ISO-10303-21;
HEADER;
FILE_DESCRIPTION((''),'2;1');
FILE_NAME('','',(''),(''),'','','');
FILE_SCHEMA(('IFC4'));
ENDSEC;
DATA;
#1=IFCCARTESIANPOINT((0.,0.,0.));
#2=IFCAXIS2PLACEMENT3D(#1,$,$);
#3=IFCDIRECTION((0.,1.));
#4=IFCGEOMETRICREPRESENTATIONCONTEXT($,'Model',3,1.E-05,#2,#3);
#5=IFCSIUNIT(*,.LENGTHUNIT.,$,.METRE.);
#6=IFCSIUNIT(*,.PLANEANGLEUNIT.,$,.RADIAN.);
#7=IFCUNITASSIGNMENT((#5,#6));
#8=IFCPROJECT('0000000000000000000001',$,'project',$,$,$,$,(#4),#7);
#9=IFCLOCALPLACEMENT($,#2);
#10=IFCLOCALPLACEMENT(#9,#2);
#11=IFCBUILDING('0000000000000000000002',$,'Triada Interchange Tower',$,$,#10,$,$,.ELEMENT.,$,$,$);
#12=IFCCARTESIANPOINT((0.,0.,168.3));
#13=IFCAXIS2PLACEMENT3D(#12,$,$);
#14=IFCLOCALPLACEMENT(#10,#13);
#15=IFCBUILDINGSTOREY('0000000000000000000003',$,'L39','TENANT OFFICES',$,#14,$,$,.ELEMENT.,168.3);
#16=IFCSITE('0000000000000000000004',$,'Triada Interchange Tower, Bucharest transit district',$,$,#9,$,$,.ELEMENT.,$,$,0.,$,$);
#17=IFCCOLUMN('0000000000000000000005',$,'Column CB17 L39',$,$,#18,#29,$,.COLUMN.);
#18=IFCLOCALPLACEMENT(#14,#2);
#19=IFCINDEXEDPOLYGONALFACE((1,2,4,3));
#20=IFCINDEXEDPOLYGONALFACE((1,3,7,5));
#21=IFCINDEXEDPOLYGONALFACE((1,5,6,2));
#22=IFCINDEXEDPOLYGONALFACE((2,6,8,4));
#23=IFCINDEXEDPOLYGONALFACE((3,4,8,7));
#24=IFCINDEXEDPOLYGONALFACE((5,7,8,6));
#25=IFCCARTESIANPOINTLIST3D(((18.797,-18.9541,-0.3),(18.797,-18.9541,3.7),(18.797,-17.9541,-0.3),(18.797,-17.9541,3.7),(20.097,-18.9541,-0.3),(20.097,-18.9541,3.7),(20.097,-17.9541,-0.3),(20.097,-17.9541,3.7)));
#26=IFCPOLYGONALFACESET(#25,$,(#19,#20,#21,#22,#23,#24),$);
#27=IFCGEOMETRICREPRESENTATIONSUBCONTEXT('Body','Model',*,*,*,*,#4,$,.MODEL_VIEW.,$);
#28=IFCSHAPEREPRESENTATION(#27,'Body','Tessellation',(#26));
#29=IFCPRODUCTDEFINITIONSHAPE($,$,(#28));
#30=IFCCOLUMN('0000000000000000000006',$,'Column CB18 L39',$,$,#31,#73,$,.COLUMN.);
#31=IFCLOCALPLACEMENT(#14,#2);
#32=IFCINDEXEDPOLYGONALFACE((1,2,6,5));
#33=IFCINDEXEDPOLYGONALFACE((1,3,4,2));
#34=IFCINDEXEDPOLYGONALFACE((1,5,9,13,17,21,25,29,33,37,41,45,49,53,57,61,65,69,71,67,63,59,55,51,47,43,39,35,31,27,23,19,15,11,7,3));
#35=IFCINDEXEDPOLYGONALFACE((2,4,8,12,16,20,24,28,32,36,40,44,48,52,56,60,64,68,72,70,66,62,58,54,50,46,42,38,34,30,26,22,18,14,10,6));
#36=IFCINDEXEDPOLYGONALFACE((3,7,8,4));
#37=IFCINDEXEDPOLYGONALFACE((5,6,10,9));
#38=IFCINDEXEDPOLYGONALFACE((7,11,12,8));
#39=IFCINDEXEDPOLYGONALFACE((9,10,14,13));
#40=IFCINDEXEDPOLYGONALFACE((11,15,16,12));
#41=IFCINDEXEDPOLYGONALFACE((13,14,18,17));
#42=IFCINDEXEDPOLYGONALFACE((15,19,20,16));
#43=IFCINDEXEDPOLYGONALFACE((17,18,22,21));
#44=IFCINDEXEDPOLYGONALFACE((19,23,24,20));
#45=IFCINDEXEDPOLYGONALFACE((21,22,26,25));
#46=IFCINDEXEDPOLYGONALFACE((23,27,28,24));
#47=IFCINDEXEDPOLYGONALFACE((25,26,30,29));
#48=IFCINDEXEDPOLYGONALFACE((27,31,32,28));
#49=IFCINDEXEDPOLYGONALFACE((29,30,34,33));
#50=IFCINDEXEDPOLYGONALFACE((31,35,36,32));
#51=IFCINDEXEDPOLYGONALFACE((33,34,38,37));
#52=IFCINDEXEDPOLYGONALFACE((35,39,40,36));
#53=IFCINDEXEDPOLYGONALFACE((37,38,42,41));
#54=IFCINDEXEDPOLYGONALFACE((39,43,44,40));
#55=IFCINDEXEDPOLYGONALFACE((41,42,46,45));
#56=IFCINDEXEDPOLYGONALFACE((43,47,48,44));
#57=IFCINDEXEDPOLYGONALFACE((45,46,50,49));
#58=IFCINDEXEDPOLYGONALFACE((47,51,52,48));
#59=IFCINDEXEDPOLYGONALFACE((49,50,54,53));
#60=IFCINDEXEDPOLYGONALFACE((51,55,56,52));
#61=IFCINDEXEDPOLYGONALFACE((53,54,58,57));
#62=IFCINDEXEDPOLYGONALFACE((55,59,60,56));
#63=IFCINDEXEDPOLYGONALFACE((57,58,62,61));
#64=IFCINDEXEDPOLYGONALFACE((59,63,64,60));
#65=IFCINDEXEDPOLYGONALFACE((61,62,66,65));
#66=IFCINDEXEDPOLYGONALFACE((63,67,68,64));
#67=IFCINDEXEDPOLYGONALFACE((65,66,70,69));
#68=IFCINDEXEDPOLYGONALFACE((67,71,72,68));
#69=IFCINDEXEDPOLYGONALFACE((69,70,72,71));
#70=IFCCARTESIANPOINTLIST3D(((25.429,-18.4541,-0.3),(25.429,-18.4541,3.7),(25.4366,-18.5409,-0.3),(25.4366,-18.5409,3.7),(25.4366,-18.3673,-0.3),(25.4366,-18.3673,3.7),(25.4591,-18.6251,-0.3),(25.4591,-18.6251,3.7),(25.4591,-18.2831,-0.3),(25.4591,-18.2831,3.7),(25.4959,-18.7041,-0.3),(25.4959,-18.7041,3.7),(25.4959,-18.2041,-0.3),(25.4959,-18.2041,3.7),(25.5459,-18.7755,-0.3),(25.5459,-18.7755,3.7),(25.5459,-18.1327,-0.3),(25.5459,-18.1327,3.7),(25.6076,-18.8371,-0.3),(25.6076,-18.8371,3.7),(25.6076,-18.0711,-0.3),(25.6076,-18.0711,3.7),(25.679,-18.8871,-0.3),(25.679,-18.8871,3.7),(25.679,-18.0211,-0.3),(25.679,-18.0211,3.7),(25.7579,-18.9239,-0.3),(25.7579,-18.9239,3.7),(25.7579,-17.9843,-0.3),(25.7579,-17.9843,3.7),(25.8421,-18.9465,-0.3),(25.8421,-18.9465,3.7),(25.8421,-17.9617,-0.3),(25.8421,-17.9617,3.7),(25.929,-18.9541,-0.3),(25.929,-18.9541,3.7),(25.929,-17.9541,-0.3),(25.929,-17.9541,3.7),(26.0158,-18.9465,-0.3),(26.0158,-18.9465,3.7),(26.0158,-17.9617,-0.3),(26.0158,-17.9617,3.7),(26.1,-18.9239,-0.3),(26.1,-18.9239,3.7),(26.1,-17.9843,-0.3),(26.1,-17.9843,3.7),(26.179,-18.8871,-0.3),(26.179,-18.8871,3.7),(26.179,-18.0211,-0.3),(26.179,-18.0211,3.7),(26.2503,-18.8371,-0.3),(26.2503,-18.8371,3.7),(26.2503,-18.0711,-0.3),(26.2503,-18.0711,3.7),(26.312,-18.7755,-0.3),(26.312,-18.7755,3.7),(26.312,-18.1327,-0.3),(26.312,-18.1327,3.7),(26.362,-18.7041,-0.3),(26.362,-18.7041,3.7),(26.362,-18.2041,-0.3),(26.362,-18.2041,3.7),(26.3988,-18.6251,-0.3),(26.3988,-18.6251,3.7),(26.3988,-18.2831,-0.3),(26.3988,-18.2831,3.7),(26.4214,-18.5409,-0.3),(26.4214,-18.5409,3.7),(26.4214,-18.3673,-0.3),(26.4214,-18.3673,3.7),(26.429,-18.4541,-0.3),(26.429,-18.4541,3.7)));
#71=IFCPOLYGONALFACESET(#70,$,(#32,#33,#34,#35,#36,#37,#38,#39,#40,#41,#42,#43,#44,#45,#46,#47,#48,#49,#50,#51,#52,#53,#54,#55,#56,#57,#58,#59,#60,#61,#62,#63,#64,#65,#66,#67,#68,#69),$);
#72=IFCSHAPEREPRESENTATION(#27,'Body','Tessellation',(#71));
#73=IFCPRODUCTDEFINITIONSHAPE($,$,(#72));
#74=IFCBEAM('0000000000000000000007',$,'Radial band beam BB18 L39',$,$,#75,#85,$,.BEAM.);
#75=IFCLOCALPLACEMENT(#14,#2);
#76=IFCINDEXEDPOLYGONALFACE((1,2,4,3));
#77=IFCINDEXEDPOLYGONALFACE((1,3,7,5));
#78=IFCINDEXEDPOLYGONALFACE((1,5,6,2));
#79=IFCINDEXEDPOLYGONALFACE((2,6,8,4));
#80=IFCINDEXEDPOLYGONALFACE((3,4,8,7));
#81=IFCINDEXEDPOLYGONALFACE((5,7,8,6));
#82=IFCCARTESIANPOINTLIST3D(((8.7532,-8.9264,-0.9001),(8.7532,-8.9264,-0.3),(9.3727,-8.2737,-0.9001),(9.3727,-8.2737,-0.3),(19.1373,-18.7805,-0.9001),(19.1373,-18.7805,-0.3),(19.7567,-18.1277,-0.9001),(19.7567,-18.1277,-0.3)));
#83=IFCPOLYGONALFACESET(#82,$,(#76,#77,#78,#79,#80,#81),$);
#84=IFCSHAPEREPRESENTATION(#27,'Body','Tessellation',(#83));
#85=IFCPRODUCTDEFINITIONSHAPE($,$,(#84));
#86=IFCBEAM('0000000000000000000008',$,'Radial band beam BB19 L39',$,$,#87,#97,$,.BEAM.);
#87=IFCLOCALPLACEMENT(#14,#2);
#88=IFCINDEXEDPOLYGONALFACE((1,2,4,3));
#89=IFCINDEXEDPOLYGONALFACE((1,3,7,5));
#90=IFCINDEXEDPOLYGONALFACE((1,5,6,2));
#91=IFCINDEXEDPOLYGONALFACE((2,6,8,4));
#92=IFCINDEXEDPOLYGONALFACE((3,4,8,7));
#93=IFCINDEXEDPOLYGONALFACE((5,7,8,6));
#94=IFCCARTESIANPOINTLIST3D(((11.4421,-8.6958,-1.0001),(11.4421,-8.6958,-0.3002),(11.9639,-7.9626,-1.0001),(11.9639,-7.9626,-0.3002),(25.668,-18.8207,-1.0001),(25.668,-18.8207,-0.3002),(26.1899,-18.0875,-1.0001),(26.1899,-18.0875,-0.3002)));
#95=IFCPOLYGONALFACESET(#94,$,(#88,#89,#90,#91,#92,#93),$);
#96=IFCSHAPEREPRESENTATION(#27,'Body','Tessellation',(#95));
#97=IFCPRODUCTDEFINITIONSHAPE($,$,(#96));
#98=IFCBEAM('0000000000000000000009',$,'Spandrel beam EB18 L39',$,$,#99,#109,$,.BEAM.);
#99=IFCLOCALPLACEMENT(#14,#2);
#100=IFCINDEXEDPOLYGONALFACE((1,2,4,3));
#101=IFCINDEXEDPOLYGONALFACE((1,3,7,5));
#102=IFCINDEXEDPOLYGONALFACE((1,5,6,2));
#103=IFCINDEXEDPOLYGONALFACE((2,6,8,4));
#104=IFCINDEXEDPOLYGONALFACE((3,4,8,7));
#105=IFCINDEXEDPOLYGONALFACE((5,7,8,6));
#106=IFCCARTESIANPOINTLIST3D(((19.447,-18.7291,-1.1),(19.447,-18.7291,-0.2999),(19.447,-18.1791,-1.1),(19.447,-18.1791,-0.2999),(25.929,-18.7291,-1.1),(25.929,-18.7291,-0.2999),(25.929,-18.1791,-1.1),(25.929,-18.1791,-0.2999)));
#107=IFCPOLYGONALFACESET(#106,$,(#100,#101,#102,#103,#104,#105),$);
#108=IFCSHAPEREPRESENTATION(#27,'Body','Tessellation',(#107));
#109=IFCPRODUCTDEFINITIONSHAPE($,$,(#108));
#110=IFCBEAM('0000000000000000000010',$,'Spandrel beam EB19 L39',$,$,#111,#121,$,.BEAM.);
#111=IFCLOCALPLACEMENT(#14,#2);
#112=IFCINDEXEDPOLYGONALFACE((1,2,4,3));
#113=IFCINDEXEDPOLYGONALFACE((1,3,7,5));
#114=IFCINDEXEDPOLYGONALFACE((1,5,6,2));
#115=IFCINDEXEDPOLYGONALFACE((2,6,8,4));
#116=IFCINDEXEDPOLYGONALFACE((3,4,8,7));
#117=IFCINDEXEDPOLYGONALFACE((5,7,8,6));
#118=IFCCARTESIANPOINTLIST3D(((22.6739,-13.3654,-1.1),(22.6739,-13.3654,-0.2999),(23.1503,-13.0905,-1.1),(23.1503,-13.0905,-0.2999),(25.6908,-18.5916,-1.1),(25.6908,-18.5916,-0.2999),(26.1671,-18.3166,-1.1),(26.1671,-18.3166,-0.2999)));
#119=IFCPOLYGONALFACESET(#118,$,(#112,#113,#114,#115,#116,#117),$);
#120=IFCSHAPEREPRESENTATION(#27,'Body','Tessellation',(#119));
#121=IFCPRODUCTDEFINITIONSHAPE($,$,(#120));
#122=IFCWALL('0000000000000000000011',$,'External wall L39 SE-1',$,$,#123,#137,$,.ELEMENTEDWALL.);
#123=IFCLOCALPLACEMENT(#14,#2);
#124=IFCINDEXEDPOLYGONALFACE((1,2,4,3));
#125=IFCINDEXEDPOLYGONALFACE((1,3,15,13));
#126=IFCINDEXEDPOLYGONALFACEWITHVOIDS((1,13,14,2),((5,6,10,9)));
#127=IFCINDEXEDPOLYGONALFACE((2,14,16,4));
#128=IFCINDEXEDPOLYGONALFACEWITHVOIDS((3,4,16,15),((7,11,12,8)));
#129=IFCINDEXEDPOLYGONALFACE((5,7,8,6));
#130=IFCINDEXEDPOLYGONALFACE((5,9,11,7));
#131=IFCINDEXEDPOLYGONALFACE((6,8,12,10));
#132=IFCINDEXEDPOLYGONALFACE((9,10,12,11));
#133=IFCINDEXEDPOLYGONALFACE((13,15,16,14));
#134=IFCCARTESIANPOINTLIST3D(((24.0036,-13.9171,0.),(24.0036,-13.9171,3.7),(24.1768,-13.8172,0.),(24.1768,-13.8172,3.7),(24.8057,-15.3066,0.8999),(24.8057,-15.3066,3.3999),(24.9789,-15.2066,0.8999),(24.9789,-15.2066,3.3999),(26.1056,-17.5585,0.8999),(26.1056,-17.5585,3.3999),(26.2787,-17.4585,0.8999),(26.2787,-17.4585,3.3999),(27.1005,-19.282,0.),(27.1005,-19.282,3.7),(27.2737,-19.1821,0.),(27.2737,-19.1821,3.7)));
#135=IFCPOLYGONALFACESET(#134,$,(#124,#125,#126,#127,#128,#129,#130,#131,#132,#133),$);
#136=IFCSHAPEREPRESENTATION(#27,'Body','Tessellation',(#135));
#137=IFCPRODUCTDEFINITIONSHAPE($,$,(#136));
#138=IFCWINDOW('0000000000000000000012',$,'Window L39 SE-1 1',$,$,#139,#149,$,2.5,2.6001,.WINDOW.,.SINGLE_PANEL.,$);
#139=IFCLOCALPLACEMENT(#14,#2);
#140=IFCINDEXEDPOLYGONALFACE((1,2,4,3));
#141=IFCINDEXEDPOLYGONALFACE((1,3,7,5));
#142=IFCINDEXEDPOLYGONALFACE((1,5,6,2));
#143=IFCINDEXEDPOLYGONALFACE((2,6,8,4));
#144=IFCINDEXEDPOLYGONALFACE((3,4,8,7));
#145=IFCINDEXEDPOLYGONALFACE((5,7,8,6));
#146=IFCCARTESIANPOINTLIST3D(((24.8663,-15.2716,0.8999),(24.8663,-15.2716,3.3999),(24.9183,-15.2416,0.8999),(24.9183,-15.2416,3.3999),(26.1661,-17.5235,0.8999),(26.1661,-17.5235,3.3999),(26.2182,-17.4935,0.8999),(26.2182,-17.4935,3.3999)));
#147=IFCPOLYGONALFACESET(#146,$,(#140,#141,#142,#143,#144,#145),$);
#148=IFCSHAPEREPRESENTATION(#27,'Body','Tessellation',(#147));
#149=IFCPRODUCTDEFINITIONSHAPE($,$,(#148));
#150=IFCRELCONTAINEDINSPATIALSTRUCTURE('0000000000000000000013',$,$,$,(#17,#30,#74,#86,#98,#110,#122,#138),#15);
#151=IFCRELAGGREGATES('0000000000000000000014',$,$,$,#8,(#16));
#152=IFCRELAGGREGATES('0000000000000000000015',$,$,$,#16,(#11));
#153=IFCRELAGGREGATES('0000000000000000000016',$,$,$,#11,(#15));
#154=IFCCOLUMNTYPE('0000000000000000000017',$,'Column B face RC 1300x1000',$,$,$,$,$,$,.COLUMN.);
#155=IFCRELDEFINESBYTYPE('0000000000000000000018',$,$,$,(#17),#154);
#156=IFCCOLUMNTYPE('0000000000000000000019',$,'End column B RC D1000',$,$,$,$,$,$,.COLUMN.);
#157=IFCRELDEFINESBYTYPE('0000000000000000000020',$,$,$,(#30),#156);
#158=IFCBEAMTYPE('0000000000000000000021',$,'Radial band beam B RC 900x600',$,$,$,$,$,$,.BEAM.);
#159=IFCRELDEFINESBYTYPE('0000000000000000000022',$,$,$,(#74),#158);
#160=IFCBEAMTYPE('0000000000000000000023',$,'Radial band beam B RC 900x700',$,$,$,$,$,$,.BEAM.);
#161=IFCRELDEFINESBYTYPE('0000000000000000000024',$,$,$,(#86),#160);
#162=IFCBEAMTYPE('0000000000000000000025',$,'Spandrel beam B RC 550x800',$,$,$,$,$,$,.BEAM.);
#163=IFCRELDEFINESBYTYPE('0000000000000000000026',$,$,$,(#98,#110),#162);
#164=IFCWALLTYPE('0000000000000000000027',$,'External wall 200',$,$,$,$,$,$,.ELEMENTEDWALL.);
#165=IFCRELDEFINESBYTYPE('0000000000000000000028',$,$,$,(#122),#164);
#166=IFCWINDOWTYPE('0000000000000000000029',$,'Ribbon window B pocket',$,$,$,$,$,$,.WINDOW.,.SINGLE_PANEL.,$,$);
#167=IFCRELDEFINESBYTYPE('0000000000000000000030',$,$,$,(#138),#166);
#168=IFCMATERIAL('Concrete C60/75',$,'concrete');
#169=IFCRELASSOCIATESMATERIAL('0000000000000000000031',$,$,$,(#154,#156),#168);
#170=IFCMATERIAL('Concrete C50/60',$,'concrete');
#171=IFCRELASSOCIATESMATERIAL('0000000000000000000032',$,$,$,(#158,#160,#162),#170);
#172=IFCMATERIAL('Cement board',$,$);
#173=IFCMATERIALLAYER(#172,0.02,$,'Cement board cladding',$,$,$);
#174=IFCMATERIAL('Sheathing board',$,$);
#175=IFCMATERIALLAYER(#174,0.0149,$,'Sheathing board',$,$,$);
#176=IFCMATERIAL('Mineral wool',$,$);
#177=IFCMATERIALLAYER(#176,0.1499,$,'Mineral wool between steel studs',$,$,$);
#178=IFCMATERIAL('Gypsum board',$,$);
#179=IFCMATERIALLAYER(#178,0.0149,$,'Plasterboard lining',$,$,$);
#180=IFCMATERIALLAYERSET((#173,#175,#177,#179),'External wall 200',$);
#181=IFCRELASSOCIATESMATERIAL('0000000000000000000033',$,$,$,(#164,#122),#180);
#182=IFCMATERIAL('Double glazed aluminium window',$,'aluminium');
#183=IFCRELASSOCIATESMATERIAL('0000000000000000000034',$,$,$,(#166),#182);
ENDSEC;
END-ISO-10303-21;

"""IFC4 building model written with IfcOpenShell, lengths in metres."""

from ifc_helpers import new_model, si_unit, direction, frame, frame_2d, origin, origin_2d, place, context, subcontext, project, spatial, rectangle, circle, extrude, material, layer, layer_set, layer_usage, material_profile, profile_set, type_object, element, fill, save


model = new_model("IFC4")

# Units and contexts
model_context = context("Model", 3, precision=1e-05, world=origin(), true_north=direction((0.0, 1.0)))
body_context = subcontext(model_context, "Body", "Model", "MODEL_VIEW")
ifc_project = project(units=[si_unit("LENGTHUNIT", "METRE"), si_unit("PLANEANGLEUNIT", "RADIAN")], contexts=[model_context])

# Site, building, storey
site_placement = place(None, origin())
site = spatial("IfcSite", under=ifc_project, at=site_placement, Name="Triada Interchange Tower, Bucharest transit district", CompositionType="ELEMENT", RefElevation=0.0)
building_placement = place(site_placement, origin())
building = spatial("IfcBuilding", under=site, at=building_placement, Name="Triada Interchange Tower", CompositionType="ELEMENT")
storey_placement = place(building_placement, frame((0.0, 0.0, 168.3)))
storey = spatial("IfcBuildingStorey", under=building, at=storey_placement, Name="L39", Description="TENANT OFFICES", CompositionType="ELEMENT", Elevation=168.3)

# Columns
ifc_material_1 = material(Name="Concrete C60/75", Category="concrete")
ifc_material_profile_1 = material_profile(ifc_material_1, rectangle(XDim=1.3, YDim=1.0, at=origin_2d()), Name="RC 1300x1000")
ifc_profile_set_1 = profile_set([ifc_material_profile_1], Name="Concrete C60/75")
column_type_1 = type_object("IfcColumnType", Name="Column B face RC 1300x1000", PredefinedType="COLUMN", material=ifc_profile_set_1)
column_1_placement = place(storey_placement, frame((19.447, -18.4541, -0.3), z_axis=(0.0, 0.0, 1.0), x_axis=(1.0, 0.0, 0.0)))
element("IfcColumn", 1, at=column_1_placement, inside=storey, type_object=column_type_1, Name="Column CB17 L39", PredefinedType="COLUMN", context=body_context, shape_type="SweptSolid", body=[
    extrude(rectangle(XDim=1.3, YDim=1.0, at=origin_2d()), origin(), (0.0, 0.0, 1.0), 4.0),
])
ifc_material_profile_2 = material_profile(ifc_material_1, circle(Radius=0.5, at=origin_2d()), Name="RC D1000")
ifc_profile_set_2 = profile_set([ifc_material_profile_2], Name="Concrete C60/75")
column_type_2 = type_object("IfcColumnType", Name="End column B RC D1000", PredefinedType="COLUMN", material=ifc_profile_set_2)
column_2_placement = place(storey_placement, frame((25.929, -18.4541, -0.3), z_axis=(0.0, 0.0, 1.0), x_axis=(1.0, 0.0, 0.0)))
element("IfcColumn", 2, at=column_2_placement, inside=storey, type_object=column_type_2, Name="Column CB18 L39", PredefinedType="COLUMN", context=body_context, shape_type="SweptSolid", body=[
    extrude(circle(Radius=0.5, at=origin_2d()), origin(), (0.0, 0.0, 1.0), 4.0),
])

# Beams
ifc_material_2 = material(Name="Concrete C50/60", Category="concrete")
ifc_material_profile_3 = material_profile(ifc_material_2, rectangle(XDim=0.8999, YDim=0.6001, at=origin_2d()), Name="RC 900x600")
ifc_profile_set_3 = profile_set([ifc_material_profile_3], Name="Concrete C50/60")
beam_type_1 = type_object("IfcBeamType", Name="Radial band beam B RC 900x600", PredefinedType="BEAM", material=ifc_profile_set_3)
beam_1_placement = place(storey_placement, frame((19.447, -18.4541, -0.6001), z_axis=(-0.725377, 0.688352, 0.0), x_axis=(-0.688352, -0.725377, 0.0)))
element("IfcBeam", 3, at=beam_1_placement, inside=storey, type_object=beam_type_1, Name="Radial band beam BB18 L39", PredefinedType="BEAM", context=body_context, shape_type="SweptSolid", body=[
    extrude(rectangle(XDim=0.8999, YDim=0.6001, at=origin_2d()), origin(), (0.0, 0.0, 1.0), 14.3154),
])
ifc_material_profile_4 = material_profile(ifc_material_2, rectangle(XDim=0.8999, YDim=0.7, at=origin_2d()), Name="RC 900x700")
ifc_profile_set_4 = profile_set([ifc_material_profile_4], Name="Concrete C50/60")
beam_type_2 = type_object("IfcBeamType", Name="Radial band beam B RC 900x700", PredefinedType="BEAM", material=ifc_profile_set_4)
beam_2_placement = place(storey_placement, frame((25.929, -18.4541, -0.6501), z_axis=(-0.81472, 0.579854, 0.0), x_axis=(-0.579854, -0.81472, 0.0)))
element("IfcBeam", 4, at=beam_2_placement, inside=storey, type_object=beam_type_2, Name="Radial band beam BB19 L39", PredefinedType="BEAM", context=body_context, shape_type="SweptSolid", body=[
    extrude(rectangle(XDim=0.8999, YDim=0.7, at=origin_2d()), origin(), (0.0, 0.0, 1.0), 17.4612),
])
ifc_material_profile_5 = material_profile(ifc_material_2, rectangle(XDim=0.55, YDim=0.8, at=origin_2d()), Name="RC 550x800")
ifc_profile_set_5 = profile_set([ifc_material_profile_5], Name="Concrete C50/60")
beam_type_3 = type_object("IfcBeamType", Name="Spandrel beam B RC 550x800", PredefinedType="BEAM", material=ifc_profile_set_5)
beam_3_placement = place(storey_placement, frame((19.447, -18.4541, -0.7), z_axis=(1.0, 0.0, 0.0), x_axis=(0.0, 1.0, 0.0)))
element("IfcBeam", 5, at=beam_3_placement, inside=storey, type_object=beam_type_3, Name="Spandrel beam EB18 L39", PredefinedType="BEAM", context=body_context, shape_type="SweptSolid", body=[
    extrude(rectangle(XDim=0.55, YDim=0.8, at=origin_2d()), origin(), (0.0, 0.0, 1.0), 6.4819),
])
beam_4_placement = place(storey_placement, frame((25.929, -18.4541, -0.7), z_axis=(-0.499947, 0.866056, 0.0), x_axis=(-0.866056, -0.499947, 0.0)))
element("IfcBeam", 6, at=beam_4_placement, inside=storey, type_object=beam_type_3, Name="Spandrel beam EB19 L39", PredefinedType="BEAM", context=body_context, shape_type="SweptSolid", body=[
    extrude(rectangle(XDim=0.55, YDim=0.8, at=origin_2d()), origin(), (0.0, 0.0, 1.0), 6.0344),
])

# Wall, opening, window
ifc_material_3 = material(Name="Cement board")
ifc_layer_1 = layer(ifc_material_3, 0.02, Name="Cement board cladding")
ifc_material_4 = material(Name="Sheathing board")
ifc_layer_2 = layer(ifc_material_4, 0.0149, Name="Sheathing board")
ifc_material_5 = material(Name="Mineral wool")
ifc_layer_3 = layer(ifc_material_5, 0.1499, Name="Mineral wool between steel studs")
ifc_material_6 = material(Name="Gypsum board")
ifc_layer_4 = layer(ifc_material_6, 0.0149, Name="Plasterboard lining")
ifc_layer_set_1 = layer_set([ifc_layer_1, ifc_layer_2, ifc_layer_3, ifc_layer_4], Name="External wall 200")
ifc_layer_usage = layer_usage(ifc_layer_set_1, "AXIS2", "POSITIVE", -0.1001)
wall_type_1 = type_object("IfcWallType", Name="External wall 200", PredefinedType="ELEMENTEDWALL", material=ifc_layer_set_1)
wall_1_placement = place(storey_placement, frame((27.187, -19.2319, 0.0), z_axis=(0.0, 0.0, 1.0), x_axis=(-0.499933, 0.866064, 0.0)))
wall_1 = element("IfcWall", 7, at=wall_1_placement, inside=storey, type_object=wall_type_1, material=ifc_layer_usage, Name="External wall L39 SE-1", PredefinedType="ELEMENTEDWALL", context=body_context, shape_type="SweptSolid", body=[
    extrude(rectangle(XDim=6.1946, YDim=0.2, at=frame_2d((3.0972, 0.0))), origin(), (0.0, 0.0, 1.0), 3.7),
])
opening_1_placement = place(wall_1_placement, frame((1.99, 0.0, 0.8999)))
opening_1 = element("IfcOpeningElement", 8, at=opening_1_placement, cuts=wall_1, PredefinedType="OPENING", context=body_context, shape_type="SweptSolid", body=[
    extrude(rectangle(XDim=2.6001, YDim=2.5, at=frame_2d((1.3, 1.25))), frame((0.0, 0.1099, 0.0), z_axis=(0.0, -1.0, 0.0), x_axis=(1.0, 0.0, 0.0)), (0.0, 0.0, 1.0), 0.22),
])
ifc_material_7 = material(Name="Double glazed aluminium window", Category="aluminium")
window_type_1 = type_object("IfcWindowType", Name="Ribbon window B pocket", PartitioningType="SINGLE_PANEL", PredefinedType="WINDOW", material=ifc_material_7)
window_1_placement = place(opening_1_placement, origin())
window_1 = element("IfcWindow", 9, at=window_1_placement, inside=storey, type_object=window_type_1, Name="Window L39 SE-1 1", OverallHeight=2.5, OverallWidth=2.6001, PartitioningType="SINGLE_PANEL", PredefinedType="WINDOW", context=body_context, shape_type="SweptSolid", body=[
    extrude(rectangle(XDim=2.6001, YDim=2.5, at=frame_2d((1.3, 1.25))), frame((0.0, 0.03, 0.0), z_axis=(0.0, -1.0, 0.0), x_axis=(1.0, 0.0, 0.0)), (0.0, 0.0, 1.0), 0.0601),
])
fill(opening_1, window_1)

save(model, "model.ifc")
